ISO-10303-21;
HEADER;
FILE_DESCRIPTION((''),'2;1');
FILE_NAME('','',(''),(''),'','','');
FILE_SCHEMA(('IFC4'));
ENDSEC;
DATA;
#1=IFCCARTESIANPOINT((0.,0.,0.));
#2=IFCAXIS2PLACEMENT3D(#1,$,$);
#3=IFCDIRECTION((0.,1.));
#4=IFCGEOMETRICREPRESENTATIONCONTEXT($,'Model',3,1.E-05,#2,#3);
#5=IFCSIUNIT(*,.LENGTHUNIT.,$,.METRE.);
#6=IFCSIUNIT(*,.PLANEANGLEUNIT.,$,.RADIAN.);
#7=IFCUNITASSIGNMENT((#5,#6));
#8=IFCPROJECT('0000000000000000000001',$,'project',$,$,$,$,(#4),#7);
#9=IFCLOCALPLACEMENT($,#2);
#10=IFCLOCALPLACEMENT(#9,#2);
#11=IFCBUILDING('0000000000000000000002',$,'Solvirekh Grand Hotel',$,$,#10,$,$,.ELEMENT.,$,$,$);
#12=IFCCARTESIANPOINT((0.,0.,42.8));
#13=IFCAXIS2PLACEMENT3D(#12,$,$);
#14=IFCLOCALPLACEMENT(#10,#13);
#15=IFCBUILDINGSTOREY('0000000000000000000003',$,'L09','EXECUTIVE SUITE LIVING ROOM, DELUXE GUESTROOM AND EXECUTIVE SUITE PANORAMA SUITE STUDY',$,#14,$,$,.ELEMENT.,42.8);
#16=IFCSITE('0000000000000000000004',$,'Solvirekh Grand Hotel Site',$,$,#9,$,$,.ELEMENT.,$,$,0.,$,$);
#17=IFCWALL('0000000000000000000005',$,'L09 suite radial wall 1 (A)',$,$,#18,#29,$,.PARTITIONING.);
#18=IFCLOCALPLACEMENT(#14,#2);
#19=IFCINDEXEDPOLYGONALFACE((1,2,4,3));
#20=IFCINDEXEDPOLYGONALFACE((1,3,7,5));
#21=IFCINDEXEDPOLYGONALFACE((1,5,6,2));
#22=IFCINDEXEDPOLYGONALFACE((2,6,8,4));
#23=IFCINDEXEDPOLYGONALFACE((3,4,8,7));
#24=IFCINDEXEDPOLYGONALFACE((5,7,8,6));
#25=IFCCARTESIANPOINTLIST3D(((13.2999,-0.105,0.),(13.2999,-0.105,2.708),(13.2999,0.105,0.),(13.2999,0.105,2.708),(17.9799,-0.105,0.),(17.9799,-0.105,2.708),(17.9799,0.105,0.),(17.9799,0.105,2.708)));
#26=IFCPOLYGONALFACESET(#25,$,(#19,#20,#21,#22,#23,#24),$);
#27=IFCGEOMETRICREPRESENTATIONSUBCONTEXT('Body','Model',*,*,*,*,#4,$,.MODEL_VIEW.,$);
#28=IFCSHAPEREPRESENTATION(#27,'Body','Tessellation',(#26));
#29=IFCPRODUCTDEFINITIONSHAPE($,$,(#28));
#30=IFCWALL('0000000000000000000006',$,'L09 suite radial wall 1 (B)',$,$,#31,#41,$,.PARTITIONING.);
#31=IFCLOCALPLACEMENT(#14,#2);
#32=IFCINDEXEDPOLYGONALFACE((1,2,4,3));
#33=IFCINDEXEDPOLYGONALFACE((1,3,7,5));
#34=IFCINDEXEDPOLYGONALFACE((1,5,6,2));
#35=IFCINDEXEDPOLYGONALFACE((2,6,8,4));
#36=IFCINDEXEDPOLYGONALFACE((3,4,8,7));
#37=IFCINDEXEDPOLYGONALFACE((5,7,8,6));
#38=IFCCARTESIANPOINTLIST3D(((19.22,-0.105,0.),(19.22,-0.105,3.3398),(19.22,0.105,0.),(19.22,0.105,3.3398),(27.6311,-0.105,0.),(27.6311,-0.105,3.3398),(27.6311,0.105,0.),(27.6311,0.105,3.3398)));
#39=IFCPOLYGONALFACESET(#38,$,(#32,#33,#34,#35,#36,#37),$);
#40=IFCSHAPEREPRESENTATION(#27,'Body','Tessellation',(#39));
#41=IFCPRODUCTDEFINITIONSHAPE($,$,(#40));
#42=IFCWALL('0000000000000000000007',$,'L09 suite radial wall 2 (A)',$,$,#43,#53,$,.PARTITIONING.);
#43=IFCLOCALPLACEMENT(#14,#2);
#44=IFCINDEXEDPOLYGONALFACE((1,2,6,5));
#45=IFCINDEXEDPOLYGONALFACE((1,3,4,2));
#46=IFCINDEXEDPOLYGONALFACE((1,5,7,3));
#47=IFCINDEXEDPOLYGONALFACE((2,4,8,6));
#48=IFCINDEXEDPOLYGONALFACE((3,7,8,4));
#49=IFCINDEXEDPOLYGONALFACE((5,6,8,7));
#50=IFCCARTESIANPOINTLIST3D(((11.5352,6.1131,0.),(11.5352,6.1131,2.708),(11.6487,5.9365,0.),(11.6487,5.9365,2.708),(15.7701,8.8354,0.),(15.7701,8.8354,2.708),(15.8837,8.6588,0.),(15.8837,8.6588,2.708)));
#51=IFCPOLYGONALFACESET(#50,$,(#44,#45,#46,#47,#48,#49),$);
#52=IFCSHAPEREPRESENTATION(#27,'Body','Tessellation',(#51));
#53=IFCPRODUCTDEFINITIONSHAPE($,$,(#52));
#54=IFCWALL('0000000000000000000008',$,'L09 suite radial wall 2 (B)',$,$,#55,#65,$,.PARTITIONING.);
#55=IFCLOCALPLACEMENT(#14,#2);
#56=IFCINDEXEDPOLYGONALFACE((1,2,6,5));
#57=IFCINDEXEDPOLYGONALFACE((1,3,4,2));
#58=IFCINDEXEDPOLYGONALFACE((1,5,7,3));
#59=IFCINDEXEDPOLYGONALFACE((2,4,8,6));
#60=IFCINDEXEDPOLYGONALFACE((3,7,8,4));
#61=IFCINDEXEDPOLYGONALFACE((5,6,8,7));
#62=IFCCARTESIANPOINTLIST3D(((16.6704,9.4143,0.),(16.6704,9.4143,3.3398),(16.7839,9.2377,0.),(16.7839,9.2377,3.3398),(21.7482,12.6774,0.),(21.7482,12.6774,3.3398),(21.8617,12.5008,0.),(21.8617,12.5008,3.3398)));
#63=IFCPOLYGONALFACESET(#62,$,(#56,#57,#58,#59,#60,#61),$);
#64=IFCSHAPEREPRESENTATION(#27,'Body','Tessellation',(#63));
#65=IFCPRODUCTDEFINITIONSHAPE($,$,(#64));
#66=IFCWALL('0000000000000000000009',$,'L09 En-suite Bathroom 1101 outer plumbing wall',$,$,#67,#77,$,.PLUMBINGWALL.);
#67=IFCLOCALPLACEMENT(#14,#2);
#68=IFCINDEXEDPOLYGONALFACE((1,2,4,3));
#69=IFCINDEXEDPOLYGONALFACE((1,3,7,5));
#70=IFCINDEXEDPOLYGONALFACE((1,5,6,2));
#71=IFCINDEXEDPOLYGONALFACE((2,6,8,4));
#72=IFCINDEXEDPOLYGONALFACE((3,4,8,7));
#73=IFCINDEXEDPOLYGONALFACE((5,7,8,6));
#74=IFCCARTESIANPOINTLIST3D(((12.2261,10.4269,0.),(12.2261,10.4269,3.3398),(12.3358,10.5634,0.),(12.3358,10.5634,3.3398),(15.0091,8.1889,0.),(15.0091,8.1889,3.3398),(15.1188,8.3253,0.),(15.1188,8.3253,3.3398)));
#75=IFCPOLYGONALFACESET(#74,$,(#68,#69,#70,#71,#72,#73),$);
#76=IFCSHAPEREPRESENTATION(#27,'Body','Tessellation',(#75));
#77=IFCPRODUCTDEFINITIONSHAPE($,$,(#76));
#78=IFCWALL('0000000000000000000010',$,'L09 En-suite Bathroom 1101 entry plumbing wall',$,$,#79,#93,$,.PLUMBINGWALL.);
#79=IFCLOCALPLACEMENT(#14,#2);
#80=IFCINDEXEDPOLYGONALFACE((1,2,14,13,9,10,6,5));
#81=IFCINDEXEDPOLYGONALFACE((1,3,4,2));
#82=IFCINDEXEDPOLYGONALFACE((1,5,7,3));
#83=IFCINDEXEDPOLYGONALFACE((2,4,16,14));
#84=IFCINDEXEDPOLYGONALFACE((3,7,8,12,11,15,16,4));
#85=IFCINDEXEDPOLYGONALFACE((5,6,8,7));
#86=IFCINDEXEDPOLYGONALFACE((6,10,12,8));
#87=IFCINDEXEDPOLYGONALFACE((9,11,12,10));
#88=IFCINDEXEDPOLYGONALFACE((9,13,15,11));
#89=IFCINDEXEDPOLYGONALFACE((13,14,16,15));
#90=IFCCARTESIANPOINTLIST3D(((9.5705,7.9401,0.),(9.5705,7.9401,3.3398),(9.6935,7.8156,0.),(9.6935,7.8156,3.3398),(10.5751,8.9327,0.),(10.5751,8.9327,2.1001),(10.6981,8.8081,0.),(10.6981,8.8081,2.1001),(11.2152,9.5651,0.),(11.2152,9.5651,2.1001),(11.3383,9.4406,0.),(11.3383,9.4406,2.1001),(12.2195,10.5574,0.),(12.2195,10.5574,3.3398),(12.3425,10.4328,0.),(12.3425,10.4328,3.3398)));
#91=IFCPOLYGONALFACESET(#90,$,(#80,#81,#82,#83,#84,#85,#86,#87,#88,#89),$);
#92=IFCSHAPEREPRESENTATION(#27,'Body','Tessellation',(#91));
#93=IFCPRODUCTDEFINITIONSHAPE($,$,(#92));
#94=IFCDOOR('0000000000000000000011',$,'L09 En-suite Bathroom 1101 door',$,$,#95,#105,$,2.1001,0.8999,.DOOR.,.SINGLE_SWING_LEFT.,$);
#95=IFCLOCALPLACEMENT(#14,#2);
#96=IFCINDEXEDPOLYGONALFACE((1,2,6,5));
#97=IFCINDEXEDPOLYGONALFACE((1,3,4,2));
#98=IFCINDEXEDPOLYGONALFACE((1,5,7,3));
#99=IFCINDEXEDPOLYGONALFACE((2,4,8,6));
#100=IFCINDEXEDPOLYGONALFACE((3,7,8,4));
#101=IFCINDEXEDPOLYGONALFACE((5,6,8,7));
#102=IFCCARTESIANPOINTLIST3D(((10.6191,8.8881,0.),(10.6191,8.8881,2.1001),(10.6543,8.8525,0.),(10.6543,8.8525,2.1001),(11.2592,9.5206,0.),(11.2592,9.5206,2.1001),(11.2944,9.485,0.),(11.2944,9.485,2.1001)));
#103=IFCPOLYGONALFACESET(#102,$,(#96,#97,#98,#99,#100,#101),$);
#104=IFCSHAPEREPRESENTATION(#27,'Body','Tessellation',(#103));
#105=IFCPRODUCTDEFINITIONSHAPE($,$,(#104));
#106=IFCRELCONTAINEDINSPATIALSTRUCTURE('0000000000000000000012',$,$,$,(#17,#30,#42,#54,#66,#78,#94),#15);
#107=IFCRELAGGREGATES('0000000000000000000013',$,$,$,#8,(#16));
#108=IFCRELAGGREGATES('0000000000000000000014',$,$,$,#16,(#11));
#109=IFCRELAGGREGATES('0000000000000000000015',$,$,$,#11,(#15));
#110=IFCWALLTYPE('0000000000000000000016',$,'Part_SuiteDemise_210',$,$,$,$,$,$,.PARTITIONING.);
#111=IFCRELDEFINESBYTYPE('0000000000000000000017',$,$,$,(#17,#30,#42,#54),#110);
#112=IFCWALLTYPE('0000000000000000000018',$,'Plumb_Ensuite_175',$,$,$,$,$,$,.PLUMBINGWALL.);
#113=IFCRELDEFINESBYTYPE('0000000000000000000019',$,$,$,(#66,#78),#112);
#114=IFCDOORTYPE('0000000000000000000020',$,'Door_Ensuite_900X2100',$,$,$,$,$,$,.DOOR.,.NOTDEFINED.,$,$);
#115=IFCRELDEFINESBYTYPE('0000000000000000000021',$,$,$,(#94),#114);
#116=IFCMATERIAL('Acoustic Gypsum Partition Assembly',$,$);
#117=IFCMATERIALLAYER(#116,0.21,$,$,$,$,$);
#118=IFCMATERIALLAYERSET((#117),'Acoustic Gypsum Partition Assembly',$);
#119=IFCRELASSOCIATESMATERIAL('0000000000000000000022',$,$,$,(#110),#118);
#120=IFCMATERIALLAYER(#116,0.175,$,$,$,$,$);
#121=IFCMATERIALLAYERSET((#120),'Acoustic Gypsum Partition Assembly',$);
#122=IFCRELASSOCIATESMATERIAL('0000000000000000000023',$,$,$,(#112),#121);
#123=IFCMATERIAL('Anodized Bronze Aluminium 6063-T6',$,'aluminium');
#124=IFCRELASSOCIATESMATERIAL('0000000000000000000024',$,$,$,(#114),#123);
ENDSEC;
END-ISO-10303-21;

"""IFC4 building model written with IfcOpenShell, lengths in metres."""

from ifc_helpers import new_model, si_unit, direction, frame, frame_2d, origin, place, context, subcontext, project, spatial, rectangle, extrude, material, layer, layer_set, type_object, element, fill, save


model = new_model("IFC4")

# Units and contexts
model_context = context("Model", 3, precision=1e-05, world=origin(), true_north=direction((0.0, 1.0)))
body_context = subcontext(model_context, "Body", "Model", "MODEL_VIEW")
ifc_project = project(units=[si_unit("LENGTHUNIT", "METRE"), si_unit("PLANEANGLEUNIT", "RADIAN")], contexts=[model_context])

# Site, building, storey
site_placement = place(None, origin())
site = spatial("IfcSite", under=ifc_project, at=site_placement, Name="Solvirekh Grand Hotel Site", CompositionType="ELEMENT", RefElevation=0.0)
building_placement = place(site_placement, origin())
building = spatial("IfcBuilding", under=site, at=building_placement, Name="Solvirekh Grand Hotel", CompositionType="ELEMENT")
storey_placement = place(building_placement, frame((0.0, 0.0, 42.8)))
storey = spatial("IfcBuildingStorey", under=building, at=storey_placement, Name="L09", Description="EXECUTIVE SUITE LIVING ROOM, DELUXE GUESTROOM AND EXECUTIVE SUITE PANORAMA SUITE STUDY", CompositionType="ELEMENT", Elevation=42.8)

# Shared definitions
ifc_material_1 = material(Name="Anodized Bronze Aluminium 6063-T6", Category="aluminium")

# Shared definitions
ifc_material_2 = material(Name="Acoustic Gypsum Partition Assembly")

# Walls
ifc_layer_1 = layer(ifc_material_2, 0.21)
ifc_layer_set_1 = layer_set([ifc_layer_1], Name="Acoustic Gypsum Partition Assembly")
wall_type_1 = type_object("IfcWallType", Name="Part_SuiteDemise_210", PredefinedType="PARTITIONING", material=ifc_layer_set_1)
wall_1_placement = place(storey_placement, frame((13.3, 0.0, 0.0), z_axis=(0.0, 0.0, 1.0), x_axis=(1.0, 0.0, 0.0)))
element("IfcWall", 1, at=wall_1_placement, inside=storey, type_object=wall_type_1, Name="L09 suite radial wall 1 (A)", PredefinedType="PARTITIONING", context=body_context, shape_type="SweptSolid", body=[
    extrude(rectangle(XDim=4.6799, YDim=0.21, at=frame_2d((2.3398, 0.0))), origin(), (0.0, 0.0, 1.0), 2.708),
])
wall_2_placement = place(storey_placement, frame((19.22, 0.0, 0.0), z_axis=(0.0, 0.0, 1.0), x_axis=(1.0, 0.0, 0.0)))
element("IfcWall", 2, at=wall_2_placement, inside=storey, type_object=wall_type_1, Name="L09 suite radial wall 1 (B)", PredefinedType="PARTITIONING", context=body_context, shape_type="SweptSolid", body=[
    extrude(rectangle(XDim=8.4111, YDim=0.21, at=frame_2d((4.2056, 0.0))), origin(), (0.0, 0.0, 1.0), 3.3398),
])
wall_3_placement = place(storey_placement, frame((11.592, 6.0249, 0.0), z_axis=(0.0, 0.0, 1.0), x_axis=(0.841201, 0.540723, 0.0)))
element("IfcWall", 3, at=wall_3_placement, inside=storey, type_object=wall_type_1, Name="L09 suite radial wall 2 (A)", PredefinedType="PARTITIONING", context=body_context, shape_type="SweptSolid", body=[
    extrude(rectangle(XDim=5.0344, YDim=0.21, at=frame_2d((2.5171, 0.0))), origin(), (0.0, 0.0, 1.0), 2.708),
])
wall_4_placement = place(storey_placement, frame((16.7271, 9.3259, 0.0), z_axis=(0.0, 0.0, 1.0), x_axis=(0.841267, 0.540621, 0.0)))
element("IfcWall", 4, at=wall_4_placement, inside=storey, type_object=wall_type_1, Name="L09 suite radial wall 2 (B)", PredefinedType="PARTITIONING", context=body_context, shape_type="SweptSolid", body=[
    extrude(rectangle(XDim=6.0359, YDim=0.21, at=frame_2d((3.0181, 0.0))), origin(), (0.0, 0.0, 1.0), 3.3398),
])
ifc_layer_2 = layer(ifc_material_2, 0.175)
ifc_layer_set_2 = layer_set([ifc_layer_2], Name="Acoustic Gypsum Partition Assembly")
wall_type_2 = type_object("IfcWallType", Name="Plumb_Ensuite_175", PredefinedType="PLUMBINGWALL", material=ifc_layer_set_2)
wall_5_placement = place(storey_placement, frame((15.064, 8.2571, 0.0), z_axis=(0.0, 0.0, 1.0), x_axis=(-0.779272, 0.626686, 0.0)))
element("IfcWall", 5, at=wall_5_placement, inside=storey, type_object=wall_type_2, Name="L09 En-suite Bathroom 1101 outer plumbing wall", PredefinedType="PLUMBINGWALL", context=body_context, shape_type="SweptSolid", body=[
    extrude(rectangle(XDim=3.5713, YDim=0.175, at=frame_2d((1.7856, 0.0))), origin(), (0.0, 0.0, 1.0), 3.3398),
])

# Wall, opening, door
wall_6_placement = place(storey_placement, frame((9.6321, 7.8779, 0.0), z_axis=(0.0, 0.0, 1.0), x_axis=(0.711356, 0.702832, 0.0)))
wall_6 = element("IfcWall", 6, at=wall_6_placement, inside=storey, type_object=wall_type_2, Name="L09 En-suite Bathroom 1101 entry plumbing wall", PredefinedType="PLUMBINGWALL", context=body_context, shape_type="SweptSolid", body=[
    extrude(rectangle(XDim=3.7239, YDim=0.175, at=frame_2d((1.8618, 0.0))), origin(), (0.0, 0.0, 1.0), 3.3398),
])
opening_1_placement = place(wall_6_placement, frame((1.4121, 0.0, 0.0)))
opening_1 = element("IfcOpeningElement", 7, at=opening_1_placement, cuts=wall_6, PredefinedType="OPENING", context=body_context, shape_type="SweptSolid", body=[
    extrude(rectangle(XDim=0.8999, YDim=2.1001, at=frame_2d((0.45, 1.05))), frame((0.0, 0.0977, 0.0), z_axis=(0.0, -1.0, 0.0), x_axis=(1.0, 0.0, 0.0)), (0.0, 0.0, 1.0), 0.1951),
])
door_type_1 = type_object("IfcDoorType", Name="Door_Ensuite_900X2100", OperationType="NOTDEFINED", PredefinedType="DOOR", material=ifc_material_1)
door_1_placement = place(opening_1_placement, origin())
door_1 = element("IfcDoor", 8, at=door_1_placement, inside=storey, type_object=door_type_1, Name="L09 En-suite Bathroom 1101 door", OperationType="SINGLE_SWING_LEFT", OverallHeight=2.1001, OverallWidth=0.8999, PredefinedType="DOOR", context=body_context, shape_type="SweptSolid", body=[
    extrude(rectangle(XDim=0.8999, YDim=2.1001, at=frame_2d((0.45, 1.05))), frame((0.0, 0.0249, 0.0), z_axis=(0.0, -1.0, 0.0), x_axis=(1.0, 0.0, 0.0)), (0.0, 0.0, 1.0), 0.05),
])
fill(opening_1, door_1)

save(model, "model.ifc")
